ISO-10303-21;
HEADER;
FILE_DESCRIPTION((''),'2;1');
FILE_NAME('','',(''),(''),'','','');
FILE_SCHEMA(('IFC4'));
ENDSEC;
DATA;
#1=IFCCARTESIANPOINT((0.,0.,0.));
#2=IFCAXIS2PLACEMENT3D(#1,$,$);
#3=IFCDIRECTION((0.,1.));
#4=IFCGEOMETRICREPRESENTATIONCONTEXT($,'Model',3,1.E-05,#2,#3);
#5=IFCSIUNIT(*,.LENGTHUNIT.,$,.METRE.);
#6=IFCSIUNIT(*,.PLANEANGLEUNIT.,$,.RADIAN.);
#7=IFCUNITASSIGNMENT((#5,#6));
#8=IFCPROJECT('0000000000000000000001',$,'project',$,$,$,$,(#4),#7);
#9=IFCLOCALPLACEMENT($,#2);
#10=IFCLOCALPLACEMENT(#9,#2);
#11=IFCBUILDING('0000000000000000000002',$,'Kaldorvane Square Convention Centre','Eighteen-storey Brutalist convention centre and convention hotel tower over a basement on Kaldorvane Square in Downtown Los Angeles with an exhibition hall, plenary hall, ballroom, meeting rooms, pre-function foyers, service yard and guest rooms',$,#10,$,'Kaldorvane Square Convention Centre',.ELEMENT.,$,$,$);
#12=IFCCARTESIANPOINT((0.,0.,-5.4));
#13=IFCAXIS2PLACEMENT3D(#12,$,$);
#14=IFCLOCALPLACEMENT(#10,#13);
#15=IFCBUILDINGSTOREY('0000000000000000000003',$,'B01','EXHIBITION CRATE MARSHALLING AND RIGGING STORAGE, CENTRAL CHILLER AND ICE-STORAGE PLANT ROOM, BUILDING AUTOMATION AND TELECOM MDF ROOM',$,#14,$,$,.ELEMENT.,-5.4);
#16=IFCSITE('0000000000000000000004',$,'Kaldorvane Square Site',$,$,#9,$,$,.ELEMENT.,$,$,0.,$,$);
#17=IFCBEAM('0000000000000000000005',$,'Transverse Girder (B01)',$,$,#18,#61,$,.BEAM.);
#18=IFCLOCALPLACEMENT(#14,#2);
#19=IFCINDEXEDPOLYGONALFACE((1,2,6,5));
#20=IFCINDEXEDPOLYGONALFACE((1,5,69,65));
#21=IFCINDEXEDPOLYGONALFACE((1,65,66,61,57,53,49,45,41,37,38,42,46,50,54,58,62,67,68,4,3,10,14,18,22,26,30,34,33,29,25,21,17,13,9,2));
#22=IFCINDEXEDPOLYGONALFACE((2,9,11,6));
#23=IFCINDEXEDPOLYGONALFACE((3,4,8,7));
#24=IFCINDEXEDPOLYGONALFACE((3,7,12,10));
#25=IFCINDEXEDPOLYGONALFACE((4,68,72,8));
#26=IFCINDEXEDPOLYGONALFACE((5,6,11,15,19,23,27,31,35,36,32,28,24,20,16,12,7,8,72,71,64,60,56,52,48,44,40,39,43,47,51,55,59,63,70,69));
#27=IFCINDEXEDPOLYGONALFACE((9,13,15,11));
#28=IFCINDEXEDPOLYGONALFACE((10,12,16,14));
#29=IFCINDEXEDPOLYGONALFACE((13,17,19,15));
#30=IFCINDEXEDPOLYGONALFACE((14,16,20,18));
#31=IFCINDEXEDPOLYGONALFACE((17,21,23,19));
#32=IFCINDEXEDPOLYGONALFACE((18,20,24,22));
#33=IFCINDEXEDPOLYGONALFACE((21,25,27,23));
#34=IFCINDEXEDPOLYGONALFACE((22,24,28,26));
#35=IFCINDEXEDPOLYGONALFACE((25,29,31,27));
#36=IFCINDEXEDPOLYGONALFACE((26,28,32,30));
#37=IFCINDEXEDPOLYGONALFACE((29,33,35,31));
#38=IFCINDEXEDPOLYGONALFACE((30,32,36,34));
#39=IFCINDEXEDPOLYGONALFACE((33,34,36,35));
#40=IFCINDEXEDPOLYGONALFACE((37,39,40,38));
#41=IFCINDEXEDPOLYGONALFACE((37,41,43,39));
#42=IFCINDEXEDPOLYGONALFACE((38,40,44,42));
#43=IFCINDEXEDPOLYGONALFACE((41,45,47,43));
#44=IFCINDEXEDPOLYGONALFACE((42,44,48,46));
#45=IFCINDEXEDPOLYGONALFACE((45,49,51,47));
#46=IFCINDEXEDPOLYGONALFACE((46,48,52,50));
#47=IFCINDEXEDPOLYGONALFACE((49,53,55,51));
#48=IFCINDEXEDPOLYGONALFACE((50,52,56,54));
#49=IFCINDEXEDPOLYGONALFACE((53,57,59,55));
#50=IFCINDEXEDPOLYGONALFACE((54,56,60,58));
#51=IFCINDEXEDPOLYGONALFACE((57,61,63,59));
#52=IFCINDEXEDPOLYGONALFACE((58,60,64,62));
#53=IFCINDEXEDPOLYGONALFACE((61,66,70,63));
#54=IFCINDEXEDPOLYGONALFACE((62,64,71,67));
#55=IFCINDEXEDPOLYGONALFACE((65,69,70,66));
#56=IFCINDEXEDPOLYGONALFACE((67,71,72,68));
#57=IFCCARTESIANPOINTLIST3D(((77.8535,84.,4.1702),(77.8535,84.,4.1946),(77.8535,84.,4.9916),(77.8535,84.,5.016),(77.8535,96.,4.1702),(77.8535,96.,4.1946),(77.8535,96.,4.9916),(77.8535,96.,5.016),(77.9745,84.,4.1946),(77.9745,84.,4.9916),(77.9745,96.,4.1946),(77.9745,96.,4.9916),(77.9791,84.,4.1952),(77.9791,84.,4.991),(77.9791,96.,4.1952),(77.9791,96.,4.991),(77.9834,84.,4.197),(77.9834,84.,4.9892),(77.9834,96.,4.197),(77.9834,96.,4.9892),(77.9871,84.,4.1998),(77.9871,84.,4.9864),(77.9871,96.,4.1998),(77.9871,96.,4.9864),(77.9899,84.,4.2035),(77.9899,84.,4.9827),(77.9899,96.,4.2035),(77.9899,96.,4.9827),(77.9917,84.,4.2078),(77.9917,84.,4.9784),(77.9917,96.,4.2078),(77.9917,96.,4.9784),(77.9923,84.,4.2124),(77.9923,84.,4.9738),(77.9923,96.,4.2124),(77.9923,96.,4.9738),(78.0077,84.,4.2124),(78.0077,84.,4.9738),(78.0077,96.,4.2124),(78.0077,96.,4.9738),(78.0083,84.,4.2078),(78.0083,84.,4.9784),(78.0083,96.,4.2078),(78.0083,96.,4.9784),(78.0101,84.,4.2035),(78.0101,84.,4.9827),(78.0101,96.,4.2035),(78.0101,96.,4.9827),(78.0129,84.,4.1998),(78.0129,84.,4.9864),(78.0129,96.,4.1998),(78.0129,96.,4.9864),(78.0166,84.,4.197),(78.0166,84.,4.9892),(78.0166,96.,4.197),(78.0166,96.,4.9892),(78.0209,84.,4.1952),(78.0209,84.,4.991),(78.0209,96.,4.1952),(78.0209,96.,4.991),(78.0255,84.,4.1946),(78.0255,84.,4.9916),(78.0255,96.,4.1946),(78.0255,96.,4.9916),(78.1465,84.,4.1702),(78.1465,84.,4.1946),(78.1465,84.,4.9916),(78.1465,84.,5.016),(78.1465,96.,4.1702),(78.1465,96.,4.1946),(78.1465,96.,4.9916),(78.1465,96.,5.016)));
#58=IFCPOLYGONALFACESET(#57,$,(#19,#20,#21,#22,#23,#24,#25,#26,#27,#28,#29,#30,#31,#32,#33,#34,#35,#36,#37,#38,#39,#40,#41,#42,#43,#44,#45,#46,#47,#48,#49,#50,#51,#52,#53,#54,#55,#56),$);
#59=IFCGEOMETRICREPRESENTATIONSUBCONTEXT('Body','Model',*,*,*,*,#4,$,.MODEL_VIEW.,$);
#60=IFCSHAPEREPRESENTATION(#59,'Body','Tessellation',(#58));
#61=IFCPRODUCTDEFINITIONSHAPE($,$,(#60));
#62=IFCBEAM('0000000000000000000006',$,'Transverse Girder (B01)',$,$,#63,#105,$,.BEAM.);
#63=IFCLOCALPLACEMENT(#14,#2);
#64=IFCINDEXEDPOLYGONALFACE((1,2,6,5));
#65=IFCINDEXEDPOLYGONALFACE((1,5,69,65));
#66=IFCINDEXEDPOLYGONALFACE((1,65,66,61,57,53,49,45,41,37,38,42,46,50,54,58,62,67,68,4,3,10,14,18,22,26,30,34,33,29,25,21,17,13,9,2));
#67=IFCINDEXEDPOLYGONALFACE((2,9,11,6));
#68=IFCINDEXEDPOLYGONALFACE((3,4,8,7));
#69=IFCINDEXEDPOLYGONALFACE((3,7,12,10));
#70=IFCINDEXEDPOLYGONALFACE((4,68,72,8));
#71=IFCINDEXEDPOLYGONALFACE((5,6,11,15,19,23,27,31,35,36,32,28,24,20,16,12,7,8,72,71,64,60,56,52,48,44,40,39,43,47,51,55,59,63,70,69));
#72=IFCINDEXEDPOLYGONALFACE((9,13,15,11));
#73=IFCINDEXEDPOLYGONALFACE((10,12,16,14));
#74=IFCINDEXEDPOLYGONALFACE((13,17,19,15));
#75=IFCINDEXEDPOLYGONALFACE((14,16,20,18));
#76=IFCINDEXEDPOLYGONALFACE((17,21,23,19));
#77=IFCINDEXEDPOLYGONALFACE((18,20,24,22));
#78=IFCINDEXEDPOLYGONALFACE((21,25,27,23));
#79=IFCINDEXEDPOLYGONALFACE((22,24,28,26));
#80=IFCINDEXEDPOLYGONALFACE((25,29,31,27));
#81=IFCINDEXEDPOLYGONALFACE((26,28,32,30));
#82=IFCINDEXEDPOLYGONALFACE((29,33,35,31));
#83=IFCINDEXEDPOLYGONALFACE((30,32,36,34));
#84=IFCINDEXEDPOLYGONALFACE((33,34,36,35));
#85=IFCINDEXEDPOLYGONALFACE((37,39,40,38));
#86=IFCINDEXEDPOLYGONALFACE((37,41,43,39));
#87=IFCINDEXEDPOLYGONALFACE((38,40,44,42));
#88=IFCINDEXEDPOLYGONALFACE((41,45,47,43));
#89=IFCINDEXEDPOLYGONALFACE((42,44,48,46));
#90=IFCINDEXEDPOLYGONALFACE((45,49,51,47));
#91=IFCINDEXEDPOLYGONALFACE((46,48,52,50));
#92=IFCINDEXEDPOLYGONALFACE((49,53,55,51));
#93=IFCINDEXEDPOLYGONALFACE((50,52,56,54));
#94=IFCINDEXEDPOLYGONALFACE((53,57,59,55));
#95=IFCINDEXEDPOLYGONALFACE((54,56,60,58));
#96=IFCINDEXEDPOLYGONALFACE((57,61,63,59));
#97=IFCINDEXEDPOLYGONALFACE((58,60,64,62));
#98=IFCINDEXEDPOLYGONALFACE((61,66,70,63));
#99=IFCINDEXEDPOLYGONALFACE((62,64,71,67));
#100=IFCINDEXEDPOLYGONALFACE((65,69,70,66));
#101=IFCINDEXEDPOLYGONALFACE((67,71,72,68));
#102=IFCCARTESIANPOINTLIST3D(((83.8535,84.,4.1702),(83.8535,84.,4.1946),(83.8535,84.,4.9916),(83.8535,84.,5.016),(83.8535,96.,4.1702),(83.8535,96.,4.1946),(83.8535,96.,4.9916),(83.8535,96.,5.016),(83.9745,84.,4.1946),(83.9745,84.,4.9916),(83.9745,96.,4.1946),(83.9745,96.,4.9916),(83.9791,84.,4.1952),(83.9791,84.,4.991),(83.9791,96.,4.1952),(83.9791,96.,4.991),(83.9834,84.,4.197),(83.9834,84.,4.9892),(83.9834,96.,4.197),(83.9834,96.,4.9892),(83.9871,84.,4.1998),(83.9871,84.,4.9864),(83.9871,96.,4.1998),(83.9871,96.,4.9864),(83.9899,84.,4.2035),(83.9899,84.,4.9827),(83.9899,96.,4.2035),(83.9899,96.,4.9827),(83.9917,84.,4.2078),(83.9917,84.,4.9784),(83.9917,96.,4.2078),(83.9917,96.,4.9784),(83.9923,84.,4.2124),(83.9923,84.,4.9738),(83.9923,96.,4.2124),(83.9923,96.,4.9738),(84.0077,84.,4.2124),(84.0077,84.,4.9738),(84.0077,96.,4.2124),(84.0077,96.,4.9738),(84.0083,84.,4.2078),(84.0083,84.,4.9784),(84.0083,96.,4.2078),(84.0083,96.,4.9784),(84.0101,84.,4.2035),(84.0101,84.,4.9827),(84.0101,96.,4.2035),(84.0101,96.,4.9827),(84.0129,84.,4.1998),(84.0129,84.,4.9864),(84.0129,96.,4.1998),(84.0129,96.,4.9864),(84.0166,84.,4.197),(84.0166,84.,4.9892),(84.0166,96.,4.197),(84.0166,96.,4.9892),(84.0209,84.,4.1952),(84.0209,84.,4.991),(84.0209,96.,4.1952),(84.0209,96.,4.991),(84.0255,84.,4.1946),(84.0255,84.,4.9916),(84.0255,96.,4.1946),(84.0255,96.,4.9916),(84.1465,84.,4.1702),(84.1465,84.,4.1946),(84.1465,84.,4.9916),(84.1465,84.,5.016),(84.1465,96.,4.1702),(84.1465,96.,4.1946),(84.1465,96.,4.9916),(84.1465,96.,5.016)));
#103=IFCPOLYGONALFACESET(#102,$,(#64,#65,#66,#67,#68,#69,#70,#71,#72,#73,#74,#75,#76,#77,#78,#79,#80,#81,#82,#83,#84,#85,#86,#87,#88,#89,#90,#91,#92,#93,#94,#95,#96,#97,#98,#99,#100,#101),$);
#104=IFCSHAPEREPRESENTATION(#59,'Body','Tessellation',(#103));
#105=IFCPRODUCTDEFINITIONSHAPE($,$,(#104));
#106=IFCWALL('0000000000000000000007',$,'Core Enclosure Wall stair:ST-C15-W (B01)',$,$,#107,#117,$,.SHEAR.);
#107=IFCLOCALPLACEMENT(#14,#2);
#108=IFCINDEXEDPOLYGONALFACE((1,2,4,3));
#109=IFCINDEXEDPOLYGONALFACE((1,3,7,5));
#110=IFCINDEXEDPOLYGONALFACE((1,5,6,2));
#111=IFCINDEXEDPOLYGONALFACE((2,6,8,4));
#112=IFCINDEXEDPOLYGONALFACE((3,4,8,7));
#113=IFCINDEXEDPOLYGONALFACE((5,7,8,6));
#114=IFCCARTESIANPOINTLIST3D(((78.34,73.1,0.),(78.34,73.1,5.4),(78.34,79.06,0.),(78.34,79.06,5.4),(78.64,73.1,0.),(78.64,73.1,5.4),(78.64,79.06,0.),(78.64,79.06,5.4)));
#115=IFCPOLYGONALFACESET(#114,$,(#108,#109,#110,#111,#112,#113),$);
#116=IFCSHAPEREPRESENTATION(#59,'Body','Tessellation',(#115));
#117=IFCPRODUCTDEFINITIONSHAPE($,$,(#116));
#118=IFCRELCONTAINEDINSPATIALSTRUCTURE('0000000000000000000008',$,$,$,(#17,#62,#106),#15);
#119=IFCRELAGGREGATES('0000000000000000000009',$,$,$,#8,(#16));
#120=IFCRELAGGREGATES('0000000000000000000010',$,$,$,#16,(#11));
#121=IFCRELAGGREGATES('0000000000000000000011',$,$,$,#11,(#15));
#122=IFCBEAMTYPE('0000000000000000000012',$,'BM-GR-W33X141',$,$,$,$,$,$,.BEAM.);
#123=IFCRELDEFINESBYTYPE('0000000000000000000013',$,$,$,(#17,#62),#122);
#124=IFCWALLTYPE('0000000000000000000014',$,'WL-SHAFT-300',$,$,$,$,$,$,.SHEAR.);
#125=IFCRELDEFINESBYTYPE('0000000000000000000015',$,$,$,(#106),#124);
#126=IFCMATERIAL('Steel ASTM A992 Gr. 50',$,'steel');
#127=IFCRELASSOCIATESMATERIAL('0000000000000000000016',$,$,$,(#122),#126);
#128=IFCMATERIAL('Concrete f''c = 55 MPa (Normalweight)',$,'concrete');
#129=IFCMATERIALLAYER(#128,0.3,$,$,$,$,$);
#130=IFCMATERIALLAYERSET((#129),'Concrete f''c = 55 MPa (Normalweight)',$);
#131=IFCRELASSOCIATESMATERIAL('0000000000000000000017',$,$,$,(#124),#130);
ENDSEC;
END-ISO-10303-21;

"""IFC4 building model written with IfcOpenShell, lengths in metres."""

from ifc_helpers import new_model, si_unit, direction, frame, frame_2d, origin, origin_2d, place, context, subcontext, project, spatial, rectangle, i_section, extrude, material, layer, layer_set, material_profile, profile_set, type_object, element, save


model = new_model("IFC4")

# Units and contexts
model_context = context("Model", 3, precision=1e-05, world=origin(), true_north=direction((0.0, 1.0)))
body_context = subcontext(model_context, "Body", "Model", "MODEL_VIEW")
ifc_project = project(units=[si_unit("LENGTHUNIT", "METRE"), si_unit("PLANEANGLEUNIT", "RADIAN")], contexts=[model_context])

# Site, building, storey
site_placement = place(None, origin())
site = spatial("IfcSite", under=ifc_project, at=site_placement, Name="Kaldorvane Square Site", CompositionType="ELEMENT", RefElevation=0.0)
building_placement = place(site_placement, origin())
building = spatial("IfcBuilding", under=site, at=building_placement, Name="Kaldorvane Square Convention Centre", Description="Eighteen-storey Brutalist convention centre and convention hotel tower over a basement on Kaldorvane Square in Downtown Los Angeles with an exhibition hall, plenary hall, ballroom, meeting rooms, pre-function foyers, service yard and guest rooms", LongName="Kaldorvane Square Convention Centre", CompositionType="ELEMENT")
storey_placement = place(building_placement, frame((0.0, 0.0, -5.4)))
storey = spatial("IfcBuildingStorey", under=building, at=storey_placement, Name="B01", Description="EXHIBITION CRATE MARSHALLING AND RIGGING STORAGE, CENTRAL CHILLER AND ICE-STORAGE PLANT ROOM, BUILDING AUTOMATION AND TELECOM MDF ROOM", CompositionType="ELEMENT", Elevation=-5.4)

# Shared definitions
ifc_material_1 = material(Name="Concrete f'c = 55 MPa (Normalweight)", Category="concrete")

# Beams
ifc_material_2 = material(Name="Steel ASTM A992 Gr. 50", Category="steel")
ifc_material_profile_1 = material_profile(ifc_material_2, i_section(OverallWidth=0.293, OverallDepth=0.8458, WebThickness=0.0154, FlangeThickness=0.0244, FilletRadius=0.0178, at=origin_2d()), Name="W33X141")
ifc_profile_set_1 = profile_set([ifc_material_profile_1], Name="Steel ASTM A992 Gr. 50")
beam_type_1 = type_object("IfcBeamType", Name="BM-GR-W33X141", PredefinedType="BEAM", material=ifc_profile_set_1)
for number, where, z_axis, x_axis, name in (
    (1, (78.0, 84.0, 4.5931), (0.0, 1.0, 0.0), (-1.0, 0.0, 0.0), "Transverse Girder (B01)"),
    (2, (84.0, 84.0, 4.5931), (0.0, 1.0, 0.0), (-1.0, 0.0, 0.0), "Transverse Girder (B01)"),
):
    element("IfcBeam", number, at=place(storey_placement, frame(where, z_axis=z_axis, x_axis=x_axis)), inside=storey, type_object=beam_type_1, Name=name, PredefinedType="BEAM", context=body_context, shape_type="SweptSolid", body=[
        extrude(i_section(OverallWidth=0.293, OverallDepth=0.8458, WebThickness=0.0154, FlangeThickness=0.0244, FilletRadius=0.0178, at=origin_2d()), origin(), (0.0, 0.0, 1.0), 12.0),
    ])

# Wall
ifc_layer = layer(ifc_material_1, 0.3)
ifc_layer_set = layer_set([ifc_layer], Name="Concrete f'c = 55 MPa (Normalweight)")
wall_type = type_object("IfcWallType", Name="WL-SHAFT-300", PredefinedType="SHEAR", material=ifc_layer_set)
wall_placement = place(storey_placement, frame((78.49, 79.06, 0.0), z_axis=(0.0, 0.0, 1.0), x_axis=(0.0, -1.0, 0.0)))
element("IfcWall", 3, at=wall_placement, inside=storey, type_object=wall_type, Name="Core Enclosure Wall stair:ST-C15-W (B01)", PredefinedType="SHEAR", context=body_context, shape_type="SweptSolid", body=[
    extrude(rectangle(XDim=5.96, YDim=0.3, at=frame_2d((2.98, 0.0))), origin(), (0.0, 0.0, 1.0), 5.4),
])

save(model, "model.ifc")
